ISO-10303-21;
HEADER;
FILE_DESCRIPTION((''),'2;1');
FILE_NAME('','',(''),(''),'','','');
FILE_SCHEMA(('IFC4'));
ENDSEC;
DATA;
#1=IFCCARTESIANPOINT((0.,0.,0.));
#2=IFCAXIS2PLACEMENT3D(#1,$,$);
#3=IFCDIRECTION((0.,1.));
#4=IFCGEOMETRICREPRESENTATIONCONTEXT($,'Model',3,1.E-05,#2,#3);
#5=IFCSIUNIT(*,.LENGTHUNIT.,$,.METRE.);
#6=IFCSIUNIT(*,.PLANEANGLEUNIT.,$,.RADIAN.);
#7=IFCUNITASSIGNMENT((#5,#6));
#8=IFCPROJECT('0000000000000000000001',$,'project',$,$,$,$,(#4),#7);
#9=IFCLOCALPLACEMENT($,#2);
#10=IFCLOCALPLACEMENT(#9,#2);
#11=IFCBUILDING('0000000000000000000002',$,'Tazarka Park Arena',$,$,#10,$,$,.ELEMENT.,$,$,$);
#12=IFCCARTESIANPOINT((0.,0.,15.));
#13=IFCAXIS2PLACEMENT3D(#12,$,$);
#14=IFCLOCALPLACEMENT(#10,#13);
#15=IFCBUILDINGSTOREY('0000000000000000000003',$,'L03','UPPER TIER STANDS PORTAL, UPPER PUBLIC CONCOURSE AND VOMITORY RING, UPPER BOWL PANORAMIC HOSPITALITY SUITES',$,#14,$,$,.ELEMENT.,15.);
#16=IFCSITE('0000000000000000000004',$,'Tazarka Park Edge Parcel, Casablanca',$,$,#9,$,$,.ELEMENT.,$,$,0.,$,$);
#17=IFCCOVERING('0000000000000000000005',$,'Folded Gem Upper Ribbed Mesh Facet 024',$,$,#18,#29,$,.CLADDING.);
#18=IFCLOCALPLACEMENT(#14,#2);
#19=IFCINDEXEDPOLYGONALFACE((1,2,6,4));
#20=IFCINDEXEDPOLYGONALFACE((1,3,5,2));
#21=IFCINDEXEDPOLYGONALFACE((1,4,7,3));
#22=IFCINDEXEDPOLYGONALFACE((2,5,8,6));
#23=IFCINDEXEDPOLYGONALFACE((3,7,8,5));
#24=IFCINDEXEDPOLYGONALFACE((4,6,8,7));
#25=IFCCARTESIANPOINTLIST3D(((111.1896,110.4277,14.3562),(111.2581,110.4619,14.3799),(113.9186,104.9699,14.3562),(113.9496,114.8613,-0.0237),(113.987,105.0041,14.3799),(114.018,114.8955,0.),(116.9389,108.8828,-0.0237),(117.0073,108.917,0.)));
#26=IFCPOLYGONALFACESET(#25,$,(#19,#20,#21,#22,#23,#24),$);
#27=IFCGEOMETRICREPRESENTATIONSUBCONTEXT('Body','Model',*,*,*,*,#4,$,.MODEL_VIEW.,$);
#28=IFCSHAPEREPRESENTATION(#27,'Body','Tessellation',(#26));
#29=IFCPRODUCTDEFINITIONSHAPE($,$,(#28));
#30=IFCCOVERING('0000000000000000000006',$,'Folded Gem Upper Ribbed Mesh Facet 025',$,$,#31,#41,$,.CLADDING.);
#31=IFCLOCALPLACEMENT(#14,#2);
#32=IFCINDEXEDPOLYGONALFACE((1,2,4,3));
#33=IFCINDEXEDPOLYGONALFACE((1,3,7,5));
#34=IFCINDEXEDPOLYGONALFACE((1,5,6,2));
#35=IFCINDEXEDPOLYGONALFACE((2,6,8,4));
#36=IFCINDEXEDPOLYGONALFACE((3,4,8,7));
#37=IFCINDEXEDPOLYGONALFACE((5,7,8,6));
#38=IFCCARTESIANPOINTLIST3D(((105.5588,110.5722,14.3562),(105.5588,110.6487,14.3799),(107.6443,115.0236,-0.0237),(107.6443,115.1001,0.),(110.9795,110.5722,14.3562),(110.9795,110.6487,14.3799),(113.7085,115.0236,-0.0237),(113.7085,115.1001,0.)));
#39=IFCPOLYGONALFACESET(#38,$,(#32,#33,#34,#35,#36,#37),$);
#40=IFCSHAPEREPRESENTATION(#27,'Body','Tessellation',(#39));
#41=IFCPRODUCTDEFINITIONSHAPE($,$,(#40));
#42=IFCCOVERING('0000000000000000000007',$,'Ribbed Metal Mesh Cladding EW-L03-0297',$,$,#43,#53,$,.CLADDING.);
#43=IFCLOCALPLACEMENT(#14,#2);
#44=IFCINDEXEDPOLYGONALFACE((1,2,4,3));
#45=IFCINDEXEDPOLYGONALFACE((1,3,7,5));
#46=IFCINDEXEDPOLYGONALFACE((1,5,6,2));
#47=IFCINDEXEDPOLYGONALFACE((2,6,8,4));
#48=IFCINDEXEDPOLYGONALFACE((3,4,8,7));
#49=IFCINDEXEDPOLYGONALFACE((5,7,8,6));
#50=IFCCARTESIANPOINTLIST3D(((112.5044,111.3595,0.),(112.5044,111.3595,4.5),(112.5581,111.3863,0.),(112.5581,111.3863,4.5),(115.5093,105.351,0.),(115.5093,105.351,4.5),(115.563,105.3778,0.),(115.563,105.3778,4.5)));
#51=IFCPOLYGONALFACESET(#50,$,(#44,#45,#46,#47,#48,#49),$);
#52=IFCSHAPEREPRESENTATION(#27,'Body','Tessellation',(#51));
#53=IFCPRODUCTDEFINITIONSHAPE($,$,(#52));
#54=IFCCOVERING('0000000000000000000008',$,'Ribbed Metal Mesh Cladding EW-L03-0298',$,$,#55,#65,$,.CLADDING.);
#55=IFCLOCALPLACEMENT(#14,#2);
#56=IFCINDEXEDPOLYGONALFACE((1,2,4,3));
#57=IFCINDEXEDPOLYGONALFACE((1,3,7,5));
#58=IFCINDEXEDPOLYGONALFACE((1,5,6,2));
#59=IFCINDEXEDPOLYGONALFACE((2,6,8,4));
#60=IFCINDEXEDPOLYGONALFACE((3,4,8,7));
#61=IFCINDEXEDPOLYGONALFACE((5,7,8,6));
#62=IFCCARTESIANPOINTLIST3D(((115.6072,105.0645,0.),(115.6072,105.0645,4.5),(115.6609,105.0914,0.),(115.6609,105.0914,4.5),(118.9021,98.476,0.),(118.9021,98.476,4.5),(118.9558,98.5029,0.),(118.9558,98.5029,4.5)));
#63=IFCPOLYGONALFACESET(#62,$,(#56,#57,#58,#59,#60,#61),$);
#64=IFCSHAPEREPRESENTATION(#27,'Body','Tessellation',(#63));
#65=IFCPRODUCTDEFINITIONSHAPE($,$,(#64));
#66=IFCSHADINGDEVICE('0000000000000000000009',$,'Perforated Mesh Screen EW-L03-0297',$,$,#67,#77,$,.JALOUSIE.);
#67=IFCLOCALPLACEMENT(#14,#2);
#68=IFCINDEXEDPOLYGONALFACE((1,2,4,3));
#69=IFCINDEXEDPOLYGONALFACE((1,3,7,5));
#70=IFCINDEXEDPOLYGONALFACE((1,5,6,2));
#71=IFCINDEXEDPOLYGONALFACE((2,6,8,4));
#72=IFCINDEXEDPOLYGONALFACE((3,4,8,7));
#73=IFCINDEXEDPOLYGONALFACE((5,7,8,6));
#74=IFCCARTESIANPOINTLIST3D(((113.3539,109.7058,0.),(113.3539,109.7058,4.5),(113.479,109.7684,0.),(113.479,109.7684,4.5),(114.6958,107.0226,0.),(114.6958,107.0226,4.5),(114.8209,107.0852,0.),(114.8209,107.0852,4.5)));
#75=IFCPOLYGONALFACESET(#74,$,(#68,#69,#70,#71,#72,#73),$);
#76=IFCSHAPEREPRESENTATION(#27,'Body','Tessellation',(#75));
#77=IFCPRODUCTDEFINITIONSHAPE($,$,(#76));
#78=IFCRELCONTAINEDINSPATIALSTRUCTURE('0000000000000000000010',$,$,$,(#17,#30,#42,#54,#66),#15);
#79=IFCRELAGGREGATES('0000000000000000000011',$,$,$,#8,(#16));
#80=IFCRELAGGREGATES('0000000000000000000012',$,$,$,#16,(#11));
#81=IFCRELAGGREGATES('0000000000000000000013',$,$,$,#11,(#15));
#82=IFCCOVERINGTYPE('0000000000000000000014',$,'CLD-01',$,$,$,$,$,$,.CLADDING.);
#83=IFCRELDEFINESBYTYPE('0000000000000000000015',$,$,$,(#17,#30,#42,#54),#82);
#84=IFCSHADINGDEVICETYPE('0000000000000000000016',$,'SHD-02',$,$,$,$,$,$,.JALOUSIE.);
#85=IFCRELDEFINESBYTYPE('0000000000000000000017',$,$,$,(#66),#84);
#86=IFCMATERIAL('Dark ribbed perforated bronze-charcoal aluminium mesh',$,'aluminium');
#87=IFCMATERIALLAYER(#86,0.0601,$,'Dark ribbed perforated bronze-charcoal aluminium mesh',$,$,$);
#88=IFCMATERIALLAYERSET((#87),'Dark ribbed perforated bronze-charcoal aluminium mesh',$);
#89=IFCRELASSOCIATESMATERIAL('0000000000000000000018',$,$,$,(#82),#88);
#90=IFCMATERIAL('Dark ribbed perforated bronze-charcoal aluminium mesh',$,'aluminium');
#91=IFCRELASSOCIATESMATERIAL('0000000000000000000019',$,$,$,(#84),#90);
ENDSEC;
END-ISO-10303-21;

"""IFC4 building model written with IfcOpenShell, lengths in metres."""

from ifc_helpers import new_model, si_unit, direction, frame, origin, origin_2d, place, context, subcontext, project, spatial, polyline, rectangle, outline, extrude, material, layer, layer_set, type_object, element, save


model = new_model("IFC4")

# Units and contexts
model_context = context("Model", 3, precision=1e-05, world=origin(), true_north=direction((0.0, 1.0)))
body_context = subcontext(model_context, "Body", "Model", "MODEL_VIEW")
ifc_project = project(units=[si_unit("LENGTHUNIT", "METRE"), si_unit("PLANEANGLEUNIT", "RADIAN")], contexts=[model_context])

# Site, building, storey
site_placement = place(None, origin())
site = spatial("IfcSite", under=ifc_project, at=site_placement, Name="Tazarka Park Edge Parcel, Casablanca", CompositionType="ELEMENT", RefElevation=0.0)
building_placement = place(site_placement, origin())
building = spatial("IfcBuilding", under=site, at=building_placement, Name="Tazarka Park Arena", CompositionType="ELEMENT")
storey_placement = place(building_placement, frame((0.0, 0.0, 15.0)))
storey = spatial("IfcBuildingStorey", under=building, at=storey_placement, Name="L03", Description="UPPER TIER STANDS PORTAL, UPPER PUBLIC CONCOURSE AND VOMITORY RING, UPPER BOWL PANORAMIC HOSPITALITY SUITES", CompositionType="ELEMENT", Elevation=15.0)

# Coverings
ifc_material_1 = material(Name="Dark ribbed perforated bronze-charcoal aluminium mesh", Category="aluminium")
ifc_layer_1 = layer(ifc_material_1, 0.0601, Name="Dark ribbed perforated bronze-charcoal aluminium mesh")
ifc_layer_set_1 = layer_set([ifc_layer_1], Name="Dark ribbed perforated bronze-charcoal aluminium mesh")
covering_type = type_object("IfcCoveringType", Name="CLD-01", PredefinedType="CLADDING", material=ifc_layer_set_1)
covering_1_placement = place(storey_placement, frame((117.0073, 108.917, 0.0), z_axis=(0.854423, 0.42722, 0.29571), x_axis=(-0.447221, 0.894424, -0.000002)))
element("IfcCovering", 1, at=covering_1_placement, inside=storey, type_object=covering_type, Name="Folded Gem Upper Ribbed Mesh Facet 024", PredefinedType="CLADDING", context=body_context, shape_type="SweptSolid", body=[
    extrude(outline(polyline([(0.0, 0.0), (6.6842, 0.0), (3.953, 15.0531), (-2.149, 15.0531), (0.0, 0.0)])), origin(), (0.0, 0.0, -1.0), 0.0801),
])
covering_2_placement = place(storey_placement, frame((113.7085, 115.1001, 0.0), z_axis=(0.0, 0.955277, 0.295714), x_axis=(-1.0, 0.0, 0.0)))
element("IfcCovering", 2, at=covering_2_placement, inside=storey, type_object=covering_type, Name="Folded Gem Upper Ribbed Mesh Facet 025", PredefinedType="CLADDING", context=body_context, shape_type="SweptSolid", body=[
    extrude(outline(polyline([(0.0, 0.0), (6.0642, 0.0), (8.1497, 15.0531), (2.729, 15.0531), (0.0, 0.0)])), origin(), (0.0, 0.0, -1.0), 0.0801),
])
covering_3_placement = place(storey_placement, frame((114.0337, 108.3687, 0.0), z_axis=(0.0, 0.0, 1.0), x_axis=(0.447291, -0.894389, 0.0)))
element("IfcCovering", 3, at=covering_3_placement, inside=storey, type_object=covering_type, Name="Ribbed Metal Mesh Cladding EW-L03-0297", PredefinedType="CLADDING", context=body_context, shape_type="SweptSolid", body=[
    extrude(rectangle(XDim=6.718, YDim=0.0601, at=origin_2d()), origin(), (0.0, 0.0, 1.0), 4.5),
])
covering_4_placement = place(storey_placement, frame((117.2815, 101.7837, 0.0), z_axis=(0.0, 0.0, 1.0), x_axis=(0.447291, -0.894389, 0.0)))
element("IfcCovering", 4, at=covering_4_placement, inside=storey, type_object=covering_type, Name="Ribbed Metal Mesh Cladding EW-L03-0298", PredefinedType="CLADDING", context=body_context, shape_type="SweptSolid", body=[
    extrude(rectangle(XDim=7.3665, YDim=0.0601, at=origin_2d()), origin(), (0.0, 0.0, 1.0), 4.5),
])

# Shading device
ifc_material_2 = material(Name="Dark ribbed perforated bronze-charcoal aluminium mesh", Category="aluminium")
shading_device_type = type_object("IfcShadingDeviceType", Name="SHD-02", PredefinedType="JALOUSIE", material=ifc_material_2)
shading_device_placement = place(storey_placement, frame((114.0874, 108.3955, 0.0), z_axis=(0.0, 0.0, 1.0), x_axis=(0.447291, -0.894389, 0.0)))
element("IfcShadingDevice", 5, at=shading_device_placement, inside=storey, type_object=shading_device_type, Name="Perforated Mesh Screen EW-L03-0297", PredefinedType="JALOUSIE", context=body_context, shape_type="SweptSolid", body=[
    extrude(rectangle(XDim=3.0, YDim=0.1399, at=origin_2d()), origin(), (0.0, 0.0, 1.0), 4.5),
])

save(model, "model.ifc")
